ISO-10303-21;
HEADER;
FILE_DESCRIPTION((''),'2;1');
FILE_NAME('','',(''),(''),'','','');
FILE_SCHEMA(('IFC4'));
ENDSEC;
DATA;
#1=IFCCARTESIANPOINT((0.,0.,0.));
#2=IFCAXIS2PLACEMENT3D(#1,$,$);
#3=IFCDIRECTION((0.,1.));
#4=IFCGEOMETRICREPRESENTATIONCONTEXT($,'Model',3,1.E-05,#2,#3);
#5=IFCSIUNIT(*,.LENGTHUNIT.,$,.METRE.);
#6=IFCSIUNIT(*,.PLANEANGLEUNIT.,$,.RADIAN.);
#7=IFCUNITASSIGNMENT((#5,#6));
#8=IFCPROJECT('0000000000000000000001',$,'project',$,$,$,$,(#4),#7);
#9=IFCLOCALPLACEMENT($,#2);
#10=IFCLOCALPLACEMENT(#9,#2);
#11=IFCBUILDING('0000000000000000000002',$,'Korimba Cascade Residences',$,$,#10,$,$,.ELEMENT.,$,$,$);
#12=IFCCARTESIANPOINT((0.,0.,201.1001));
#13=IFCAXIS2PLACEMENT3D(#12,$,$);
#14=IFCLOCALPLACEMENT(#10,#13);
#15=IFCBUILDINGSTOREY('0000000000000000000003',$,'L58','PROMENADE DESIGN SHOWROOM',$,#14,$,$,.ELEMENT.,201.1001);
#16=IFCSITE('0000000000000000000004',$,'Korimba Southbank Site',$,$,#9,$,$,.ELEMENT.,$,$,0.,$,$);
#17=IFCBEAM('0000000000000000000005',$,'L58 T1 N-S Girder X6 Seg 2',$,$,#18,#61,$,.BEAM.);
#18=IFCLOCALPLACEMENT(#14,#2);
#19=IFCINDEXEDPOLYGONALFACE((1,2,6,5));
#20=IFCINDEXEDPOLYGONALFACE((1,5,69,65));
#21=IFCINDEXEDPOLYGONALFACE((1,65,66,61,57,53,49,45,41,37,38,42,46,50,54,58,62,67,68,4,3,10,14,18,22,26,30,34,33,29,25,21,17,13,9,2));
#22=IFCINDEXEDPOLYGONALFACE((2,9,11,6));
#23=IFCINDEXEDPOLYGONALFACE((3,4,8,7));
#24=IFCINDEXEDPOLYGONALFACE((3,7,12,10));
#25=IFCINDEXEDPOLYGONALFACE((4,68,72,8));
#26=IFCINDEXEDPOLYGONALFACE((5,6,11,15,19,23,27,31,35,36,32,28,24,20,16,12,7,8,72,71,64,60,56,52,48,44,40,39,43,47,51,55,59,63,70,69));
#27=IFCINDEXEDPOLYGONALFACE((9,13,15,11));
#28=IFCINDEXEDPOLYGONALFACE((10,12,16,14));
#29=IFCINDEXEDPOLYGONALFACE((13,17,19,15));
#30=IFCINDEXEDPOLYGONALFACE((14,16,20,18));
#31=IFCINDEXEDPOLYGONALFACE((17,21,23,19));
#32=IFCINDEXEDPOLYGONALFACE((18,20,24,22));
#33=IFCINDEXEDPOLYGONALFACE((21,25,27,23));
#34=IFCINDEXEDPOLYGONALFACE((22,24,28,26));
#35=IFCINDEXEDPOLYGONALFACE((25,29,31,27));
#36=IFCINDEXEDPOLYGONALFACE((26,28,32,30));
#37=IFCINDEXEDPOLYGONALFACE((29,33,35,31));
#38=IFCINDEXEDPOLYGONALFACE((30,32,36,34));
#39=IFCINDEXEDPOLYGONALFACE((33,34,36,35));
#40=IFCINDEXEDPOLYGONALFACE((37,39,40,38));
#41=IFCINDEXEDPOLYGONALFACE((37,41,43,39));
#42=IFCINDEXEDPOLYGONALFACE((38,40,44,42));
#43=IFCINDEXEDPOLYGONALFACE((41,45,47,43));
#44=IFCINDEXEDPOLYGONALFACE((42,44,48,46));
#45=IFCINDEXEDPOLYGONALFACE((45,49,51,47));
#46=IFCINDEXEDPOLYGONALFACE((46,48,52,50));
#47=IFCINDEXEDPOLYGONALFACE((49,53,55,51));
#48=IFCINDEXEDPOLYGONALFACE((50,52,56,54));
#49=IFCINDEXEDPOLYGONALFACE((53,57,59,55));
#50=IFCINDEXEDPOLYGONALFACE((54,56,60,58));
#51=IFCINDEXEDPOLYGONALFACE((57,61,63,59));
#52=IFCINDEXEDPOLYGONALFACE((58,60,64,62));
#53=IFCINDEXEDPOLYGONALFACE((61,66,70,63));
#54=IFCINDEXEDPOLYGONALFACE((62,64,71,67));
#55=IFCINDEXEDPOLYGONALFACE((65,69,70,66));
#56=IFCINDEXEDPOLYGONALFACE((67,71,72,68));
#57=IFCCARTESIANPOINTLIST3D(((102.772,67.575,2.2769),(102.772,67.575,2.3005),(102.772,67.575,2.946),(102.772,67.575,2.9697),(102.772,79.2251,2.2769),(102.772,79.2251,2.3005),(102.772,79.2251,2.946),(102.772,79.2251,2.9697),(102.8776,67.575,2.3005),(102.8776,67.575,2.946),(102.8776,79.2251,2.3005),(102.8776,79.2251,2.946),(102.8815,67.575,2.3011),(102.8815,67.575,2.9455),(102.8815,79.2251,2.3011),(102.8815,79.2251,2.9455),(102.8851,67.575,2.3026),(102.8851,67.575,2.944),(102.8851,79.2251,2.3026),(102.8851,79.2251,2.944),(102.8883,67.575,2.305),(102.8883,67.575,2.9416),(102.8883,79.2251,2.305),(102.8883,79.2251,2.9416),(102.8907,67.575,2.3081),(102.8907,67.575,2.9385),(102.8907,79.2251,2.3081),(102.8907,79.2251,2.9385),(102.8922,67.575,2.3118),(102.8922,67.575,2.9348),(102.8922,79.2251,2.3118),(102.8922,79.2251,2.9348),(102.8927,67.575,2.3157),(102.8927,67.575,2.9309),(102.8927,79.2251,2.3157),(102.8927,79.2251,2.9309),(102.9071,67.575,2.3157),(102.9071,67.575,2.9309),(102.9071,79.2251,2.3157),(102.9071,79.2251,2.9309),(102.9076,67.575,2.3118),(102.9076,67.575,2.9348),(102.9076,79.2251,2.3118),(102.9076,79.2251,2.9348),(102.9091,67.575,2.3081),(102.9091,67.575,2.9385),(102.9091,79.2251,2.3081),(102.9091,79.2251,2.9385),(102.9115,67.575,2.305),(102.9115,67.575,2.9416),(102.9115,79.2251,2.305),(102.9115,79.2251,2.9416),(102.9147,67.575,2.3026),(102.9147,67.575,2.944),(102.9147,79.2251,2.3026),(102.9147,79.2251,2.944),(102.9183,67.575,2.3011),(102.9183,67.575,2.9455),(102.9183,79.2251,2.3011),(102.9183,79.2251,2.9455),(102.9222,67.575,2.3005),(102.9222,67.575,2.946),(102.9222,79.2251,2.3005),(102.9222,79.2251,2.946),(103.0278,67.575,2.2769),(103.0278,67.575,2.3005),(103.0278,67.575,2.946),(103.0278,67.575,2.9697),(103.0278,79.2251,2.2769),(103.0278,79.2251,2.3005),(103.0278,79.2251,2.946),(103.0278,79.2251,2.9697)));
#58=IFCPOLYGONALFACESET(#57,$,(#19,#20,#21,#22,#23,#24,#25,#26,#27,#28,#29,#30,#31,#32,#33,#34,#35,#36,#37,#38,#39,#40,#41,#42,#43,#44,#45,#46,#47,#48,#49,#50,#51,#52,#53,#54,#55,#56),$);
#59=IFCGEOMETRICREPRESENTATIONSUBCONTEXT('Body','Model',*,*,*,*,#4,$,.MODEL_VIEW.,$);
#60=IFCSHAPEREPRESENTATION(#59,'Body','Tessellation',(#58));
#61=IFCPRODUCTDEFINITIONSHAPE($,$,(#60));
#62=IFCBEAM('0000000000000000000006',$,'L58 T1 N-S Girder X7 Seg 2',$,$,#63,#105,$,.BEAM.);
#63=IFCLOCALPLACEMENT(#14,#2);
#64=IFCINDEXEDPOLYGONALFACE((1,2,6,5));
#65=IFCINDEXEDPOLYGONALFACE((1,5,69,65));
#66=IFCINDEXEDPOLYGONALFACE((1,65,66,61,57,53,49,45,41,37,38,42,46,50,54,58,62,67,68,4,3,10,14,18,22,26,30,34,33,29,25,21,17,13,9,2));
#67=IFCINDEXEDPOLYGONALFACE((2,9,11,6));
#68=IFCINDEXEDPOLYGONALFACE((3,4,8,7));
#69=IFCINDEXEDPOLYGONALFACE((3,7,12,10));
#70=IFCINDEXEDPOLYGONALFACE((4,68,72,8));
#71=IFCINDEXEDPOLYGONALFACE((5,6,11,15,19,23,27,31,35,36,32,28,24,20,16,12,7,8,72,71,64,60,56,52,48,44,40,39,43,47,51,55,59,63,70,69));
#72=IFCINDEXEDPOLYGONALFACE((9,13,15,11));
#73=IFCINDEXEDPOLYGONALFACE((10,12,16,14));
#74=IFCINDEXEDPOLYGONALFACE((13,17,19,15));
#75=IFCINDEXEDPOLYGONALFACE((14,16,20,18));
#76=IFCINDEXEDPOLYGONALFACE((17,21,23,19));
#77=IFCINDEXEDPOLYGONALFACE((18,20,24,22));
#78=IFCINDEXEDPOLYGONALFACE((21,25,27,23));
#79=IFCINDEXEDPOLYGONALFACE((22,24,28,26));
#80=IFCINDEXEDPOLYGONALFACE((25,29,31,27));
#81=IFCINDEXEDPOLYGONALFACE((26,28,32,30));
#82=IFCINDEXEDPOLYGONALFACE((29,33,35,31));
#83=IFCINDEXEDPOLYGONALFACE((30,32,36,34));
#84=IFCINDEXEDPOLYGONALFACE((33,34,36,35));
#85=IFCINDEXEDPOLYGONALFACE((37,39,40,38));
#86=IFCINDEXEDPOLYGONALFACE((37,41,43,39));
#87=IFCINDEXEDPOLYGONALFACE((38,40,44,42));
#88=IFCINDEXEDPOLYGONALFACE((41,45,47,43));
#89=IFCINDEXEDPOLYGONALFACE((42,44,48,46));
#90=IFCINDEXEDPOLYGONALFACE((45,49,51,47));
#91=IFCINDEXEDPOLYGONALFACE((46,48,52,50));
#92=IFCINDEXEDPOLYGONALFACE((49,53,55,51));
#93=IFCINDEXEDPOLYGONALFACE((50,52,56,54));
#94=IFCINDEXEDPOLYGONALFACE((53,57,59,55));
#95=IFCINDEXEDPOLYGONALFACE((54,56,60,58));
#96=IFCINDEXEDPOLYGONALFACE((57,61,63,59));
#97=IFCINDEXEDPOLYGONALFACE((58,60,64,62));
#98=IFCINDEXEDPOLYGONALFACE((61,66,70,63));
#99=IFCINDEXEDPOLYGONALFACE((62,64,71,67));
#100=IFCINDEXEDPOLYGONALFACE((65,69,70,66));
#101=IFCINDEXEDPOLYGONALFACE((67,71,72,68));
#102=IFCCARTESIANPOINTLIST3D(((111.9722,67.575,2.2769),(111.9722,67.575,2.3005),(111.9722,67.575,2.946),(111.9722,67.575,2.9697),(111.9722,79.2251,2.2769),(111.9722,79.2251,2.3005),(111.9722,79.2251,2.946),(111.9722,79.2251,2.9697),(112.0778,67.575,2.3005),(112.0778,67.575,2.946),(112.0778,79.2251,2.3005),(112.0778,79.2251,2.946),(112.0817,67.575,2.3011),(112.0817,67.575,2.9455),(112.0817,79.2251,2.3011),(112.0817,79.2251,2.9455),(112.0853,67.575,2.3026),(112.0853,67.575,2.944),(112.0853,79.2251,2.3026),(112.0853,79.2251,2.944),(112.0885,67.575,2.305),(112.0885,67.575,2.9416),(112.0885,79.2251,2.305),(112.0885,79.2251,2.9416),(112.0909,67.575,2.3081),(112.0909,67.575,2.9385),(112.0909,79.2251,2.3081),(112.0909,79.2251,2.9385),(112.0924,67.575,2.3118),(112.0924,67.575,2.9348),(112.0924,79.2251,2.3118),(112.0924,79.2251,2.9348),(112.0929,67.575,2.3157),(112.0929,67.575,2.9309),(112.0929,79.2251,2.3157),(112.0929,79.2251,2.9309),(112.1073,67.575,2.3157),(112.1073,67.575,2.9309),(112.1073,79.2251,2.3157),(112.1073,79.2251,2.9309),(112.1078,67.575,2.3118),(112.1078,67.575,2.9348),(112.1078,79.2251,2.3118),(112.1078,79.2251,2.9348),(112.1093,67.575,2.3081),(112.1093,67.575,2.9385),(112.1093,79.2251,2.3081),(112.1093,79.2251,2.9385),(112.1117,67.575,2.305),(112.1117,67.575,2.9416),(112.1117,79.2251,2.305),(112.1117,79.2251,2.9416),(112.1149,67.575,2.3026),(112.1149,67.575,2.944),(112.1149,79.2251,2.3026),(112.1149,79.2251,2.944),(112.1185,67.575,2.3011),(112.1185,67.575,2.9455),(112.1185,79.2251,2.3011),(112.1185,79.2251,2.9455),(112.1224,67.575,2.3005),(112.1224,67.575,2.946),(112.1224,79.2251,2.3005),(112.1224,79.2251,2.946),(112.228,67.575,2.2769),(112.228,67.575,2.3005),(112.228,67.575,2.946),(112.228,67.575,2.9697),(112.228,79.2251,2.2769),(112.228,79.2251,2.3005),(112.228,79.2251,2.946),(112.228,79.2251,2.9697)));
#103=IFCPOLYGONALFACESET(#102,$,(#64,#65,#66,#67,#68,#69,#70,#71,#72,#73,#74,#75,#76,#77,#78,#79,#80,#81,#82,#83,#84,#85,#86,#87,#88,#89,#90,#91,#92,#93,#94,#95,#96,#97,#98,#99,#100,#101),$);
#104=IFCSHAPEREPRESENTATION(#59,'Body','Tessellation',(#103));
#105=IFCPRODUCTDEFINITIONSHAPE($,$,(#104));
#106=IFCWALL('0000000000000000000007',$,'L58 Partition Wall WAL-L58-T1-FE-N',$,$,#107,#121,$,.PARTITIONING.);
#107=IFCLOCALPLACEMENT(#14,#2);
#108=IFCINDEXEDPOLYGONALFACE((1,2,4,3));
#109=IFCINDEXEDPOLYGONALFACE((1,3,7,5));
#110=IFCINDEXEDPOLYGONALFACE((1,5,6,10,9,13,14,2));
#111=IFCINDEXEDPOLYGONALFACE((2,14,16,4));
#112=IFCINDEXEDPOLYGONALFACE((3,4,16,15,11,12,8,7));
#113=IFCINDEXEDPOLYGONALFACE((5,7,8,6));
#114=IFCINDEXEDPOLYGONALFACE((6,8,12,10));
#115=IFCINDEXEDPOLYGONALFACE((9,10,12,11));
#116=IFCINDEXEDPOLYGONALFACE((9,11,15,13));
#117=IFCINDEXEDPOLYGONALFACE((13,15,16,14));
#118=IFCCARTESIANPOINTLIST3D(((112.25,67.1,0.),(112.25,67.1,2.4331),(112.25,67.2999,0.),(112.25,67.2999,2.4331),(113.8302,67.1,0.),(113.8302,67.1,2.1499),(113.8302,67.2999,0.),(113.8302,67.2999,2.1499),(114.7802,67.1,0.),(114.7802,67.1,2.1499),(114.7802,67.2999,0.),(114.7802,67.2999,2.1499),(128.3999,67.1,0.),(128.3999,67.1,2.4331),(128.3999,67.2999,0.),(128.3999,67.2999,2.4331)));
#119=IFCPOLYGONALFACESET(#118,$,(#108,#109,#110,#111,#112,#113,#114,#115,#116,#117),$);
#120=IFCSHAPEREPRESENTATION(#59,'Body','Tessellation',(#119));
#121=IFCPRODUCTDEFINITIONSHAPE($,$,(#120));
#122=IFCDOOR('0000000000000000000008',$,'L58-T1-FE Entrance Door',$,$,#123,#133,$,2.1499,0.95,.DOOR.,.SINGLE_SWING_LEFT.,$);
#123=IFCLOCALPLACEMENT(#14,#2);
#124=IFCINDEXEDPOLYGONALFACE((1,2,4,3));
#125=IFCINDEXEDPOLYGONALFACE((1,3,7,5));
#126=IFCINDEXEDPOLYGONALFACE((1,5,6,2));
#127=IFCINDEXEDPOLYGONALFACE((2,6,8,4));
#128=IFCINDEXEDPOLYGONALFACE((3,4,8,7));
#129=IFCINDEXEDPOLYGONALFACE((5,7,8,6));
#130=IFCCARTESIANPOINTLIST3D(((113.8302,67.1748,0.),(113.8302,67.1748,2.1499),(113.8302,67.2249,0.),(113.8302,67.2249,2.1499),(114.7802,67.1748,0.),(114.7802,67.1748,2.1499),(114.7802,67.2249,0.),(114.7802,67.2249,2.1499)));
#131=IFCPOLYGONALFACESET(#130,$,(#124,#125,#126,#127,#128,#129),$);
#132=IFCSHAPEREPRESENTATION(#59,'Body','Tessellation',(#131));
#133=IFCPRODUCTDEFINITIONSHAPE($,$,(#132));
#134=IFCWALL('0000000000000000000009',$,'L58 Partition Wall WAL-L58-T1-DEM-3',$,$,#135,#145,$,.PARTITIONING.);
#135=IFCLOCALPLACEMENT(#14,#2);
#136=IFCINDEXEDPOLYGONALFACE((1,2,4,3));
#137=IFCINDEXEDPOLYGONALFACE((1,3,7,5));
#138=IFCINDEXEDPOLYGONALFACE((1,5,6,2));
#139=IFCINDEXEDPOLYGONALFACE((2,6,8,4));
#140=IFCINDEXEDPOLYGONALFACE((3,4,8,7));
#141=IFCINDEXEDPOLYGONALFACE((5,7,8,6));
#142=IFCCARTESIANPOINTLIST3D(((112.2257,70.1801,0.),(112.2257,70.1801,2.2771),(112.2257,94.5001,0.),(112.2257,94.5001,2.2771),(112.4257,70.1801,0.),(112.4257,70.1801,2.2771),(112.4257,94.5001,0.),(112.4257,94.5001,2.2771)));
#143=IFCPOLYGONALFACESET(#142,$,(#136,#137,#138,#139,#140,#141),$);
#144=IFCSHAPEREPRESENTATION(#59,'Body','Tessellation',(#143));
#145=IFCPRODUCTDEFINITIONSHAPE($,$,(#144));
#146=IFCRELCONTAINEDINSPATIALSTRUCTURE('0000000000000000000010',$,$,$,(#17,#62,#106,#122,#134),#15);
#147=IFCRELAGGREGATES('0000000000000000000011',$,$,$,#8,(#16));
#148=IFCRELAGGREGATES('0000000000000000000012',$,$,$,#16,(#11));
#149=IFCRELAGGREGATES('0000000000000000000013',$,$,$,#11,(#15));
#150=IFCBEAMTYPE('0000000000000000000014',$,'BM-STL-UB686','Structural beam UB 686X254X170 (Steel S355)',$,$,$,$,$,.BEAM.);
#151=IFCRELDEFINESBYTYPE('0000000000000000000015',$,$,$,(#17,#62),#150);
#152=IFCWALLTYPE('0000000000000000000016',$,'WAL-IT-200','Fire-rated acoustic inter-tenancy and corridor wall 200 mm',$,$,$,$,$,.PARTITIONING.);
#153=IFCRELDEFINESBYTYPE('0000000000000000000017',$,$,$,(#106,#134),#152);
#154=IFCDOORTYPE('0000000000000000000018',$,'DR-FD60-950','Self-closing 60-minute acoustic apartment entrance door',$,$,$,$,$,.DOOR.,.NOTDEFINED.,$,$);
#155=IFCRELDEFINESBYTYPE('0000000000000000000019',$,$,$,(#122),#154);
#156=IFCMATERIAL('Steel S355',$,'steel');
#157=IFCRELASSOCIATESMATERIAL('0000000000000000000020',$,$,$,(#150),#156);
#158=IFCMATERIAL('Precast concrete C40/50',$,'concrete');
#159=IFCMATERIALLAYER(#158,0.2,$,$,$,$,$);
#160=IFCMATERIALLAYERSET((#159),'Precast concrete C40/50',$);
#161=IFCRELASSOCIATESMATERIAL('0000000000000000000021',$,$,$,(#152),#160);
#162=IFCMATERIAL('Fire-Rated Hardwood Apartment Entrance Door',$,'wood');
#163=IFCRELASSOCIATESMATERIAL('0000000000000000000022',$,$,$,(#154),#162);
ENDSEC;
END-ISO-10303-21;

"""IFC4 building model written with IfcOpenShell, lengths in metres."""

from ifc_helpers import new_model, si_unit, direction, frame, frame_2d, origin, origin_2d, place, context, subcontext, project, spatial, rectangle, i_section, extrude, material, layer, layer_set, material_profile, profile_set, type_object, element, fill, save


model = new_model("IFC4")

# Units and contexts
model_context = context("Model", 3, precision=1e-05, world=origin(), true_north=direction((0.0, 1.0)))
body_context = subcontext(model_context, "Body", "Model", "MODEL_VIEW")
ifc_project = project(units=[si_unit("LENGTHUNIT", "METRE"), si_unit("PLANEANGLEUNIT", "RADIAN")], contexts=[model_context])

# Site, building, storey
site_placement = place(None, origin())
site = spatial("IfcSite", under=ifc_project, at=site_placement, Name="Korimba Southbank Site", CompositionType="ELEMENT", RefElevation=0.0)
building_placement = place(site_placement, origin())
building = spatial("IfcBuilding", under=site, at=building_placement, Name="Korimba Cascade Residences", CompositionType="ELEMENT")
storey_placement = place(building_placement, frame((0.0, 0.0, 201.1001)))
storey = spatial("IfcBuildingStorey", under=building, at=storey_placement, Name="L58", Description="PROMENADE DESIGN SHOWROOM", CompositionType="ELEMENT", Elevation=201.1001)

# Beams
ifc_material_1 = material(Name="Steel S355", Category="steel")
ifc_material_profile_1 = material_profile(ifc_material_1, i_section(OverallWidth=0.2559, OverallDepth=0.6929, WebThickness=0.0144, FlangeThickness=0.0237, FilletRadius=0.0151, at=origin_2d()), Name="Steel S355")
ifc_profile_set_1 = profile_set([ifc_material_profile_1], Name="Steel S355")
beam_type_1 = type_object("IfcBeamType", Name="BM-STL-UB686", Description="Structural beam UB 686X254X170 (Steel S355)", PredefinedType="BEAM", material=ifc_profile_set_1)
for number, where, z_axis, x_axis, name in (
    (1, (102.8999, 67.575, 2.6233), (0.0, 1.0, 0.0), (-1.0, 0.0, 0.0), "L58 T1 N-S Girder X6 Seg 2"),
    (2, (112.1001, 67.575, 2.6233), (0.0, 1.0, 0.0), (-1.0, 0.0, 0.0), "L58 T1 N-S Girder X7 Seg 2"),
):
    element("IfcBeam", number, at=place(storey_placement, frame(where, z_axis=z_axis, x_axis=x_axis)), inside=storey, type_object=beam_type_1, Name=name, PredefinedType="BEAM", context=body_context, shape_type="SweptSolid", body=[
        extrude(i_section(OverallWidth=0.2559, OverallDepth=0.6929, WebThickness=0.0144, FlangeThickness=0.0237, FilletRadius=0.0151, at=origin_2d()), origin(), (0.0, 0.0, 1.0), 11.6501),
    ])

# Wall, opening, door
ifc_material_2 = material(Name="Precast concrete C40/50", Category="concrete")
ifc_layer_1 = layer(ifc_material_2, 0.2)
ifc_layer_set_1 = layer_set([ifc_layer_1], Name="Precast concrete C40/50")
wall_type_1 = type_object("IfcWallType", Name="WAL-IT-200", Description="Fire-rated acoustic inter-tenancy and corridor wall 200 mm", PredefinedType="PARTITIONING", material=ifc_layer_set_1)
wall_1_placement = place(storey_placement, frame((112.25, 67.2, 0.0), z_axis=(0.0, 0.0, 1.0), x_axis=(1.0, 0.0, 0.0)))
wall_1 = element("IfcWall", 3, at=wall_1_placement, inside=storey, type_object=wall_type_1, Name="L58 Partition Wall WAL-L58-T1-FE-N", PredefinedType="PARTITIONING", context=body_context, shape_type="SweptSolid", body=[
    extrude(rectangle(XDim=16.1499, YDim=0.2, at=frame_2d((8.075, 0.0))), origin(), (0.0, 0.0, 1.0), 2.4331),
])
opening_1_placement = place(wall_1_placement, frame((1.5801, 0.0, 0.0)))
opening_1 = element("IfcOpeningElement", 4, at=opening_1_placement, cuts=wall_1, PredefinedType="OPENING", context=body_context, shape_type="SweptSolid", body=[
    extrude(rectangle(XDim=0.95, YDim=2.1499, at=frame_2d((0.4751, 1.075))), frame((0.0, 0.1099, 0.0), z_axis=(0.0, -1.0, 0.0), x_axis=(1.0, 0.0, 0.0)), (0.0, 0.0, 1.0), 0.22),
])
ifc_material_3 = material(Name="Fire-Rated Hardwood Apartment Entrance Door", Category="wood")
door_type_1 = type_object("IfcDoorType", Name="DR-FD60-950", Description="Self-closing 60-minute acoustic apartment entrance door", OperationType="NOTDEFINED", PredefinedType="DOOR", material=ifc_material_3)
door_1_placement = place(opening_1_placement, origin())
door_1 = element("IfcDoor", 5, at=door_1_placement, inside=storey, type_object=door_type_1, Name="L58-T1-FE Entrance Door", OperationType="SINGLE_SWING_LEFT", OverallHeight=2.1499, OverallWidth=0.95, PredefinedType="DOOR", context=body_context, shape_type="SweptSolid", body=[
    extrude(rectangle(XDim=0.95, YDim=2.1499, at=frame_2d((0.4751, 1.075))), frame((0.0, 0.0249, 0.0), z_axis=(0.0, -1.0, 0.0), x_axis=(1.0, 0.0, 0.0)), (0.0, 0.0, 1.0), 0.05),
])
fill(opening_1, door_1)

# Wall
wall_2_placement = place(storey_placement, frame((112.3257, 70.1799, 0.0), z_axis=(0.0, 0.0, 1.0), x_axis=(0.0, 1.0, 0.0)))
element("IfcWall", 6, at=wall_2_placement, inside=storey, type_object=wall_type_1, Name="L58 Partition Wall WAL-L58-T1-DEM-3", PredefinedType="PARTITIONING", context=body_context, shape_type="SweptSolid", body=[
    extrude(rectangle(XDim=24.3201, YDim=0.2, at=frame_2d((12.1602, 0.0))), origin(), (0.0, 0.0, 1.0), 2.2771),
])

save(model, "model.ifc")
